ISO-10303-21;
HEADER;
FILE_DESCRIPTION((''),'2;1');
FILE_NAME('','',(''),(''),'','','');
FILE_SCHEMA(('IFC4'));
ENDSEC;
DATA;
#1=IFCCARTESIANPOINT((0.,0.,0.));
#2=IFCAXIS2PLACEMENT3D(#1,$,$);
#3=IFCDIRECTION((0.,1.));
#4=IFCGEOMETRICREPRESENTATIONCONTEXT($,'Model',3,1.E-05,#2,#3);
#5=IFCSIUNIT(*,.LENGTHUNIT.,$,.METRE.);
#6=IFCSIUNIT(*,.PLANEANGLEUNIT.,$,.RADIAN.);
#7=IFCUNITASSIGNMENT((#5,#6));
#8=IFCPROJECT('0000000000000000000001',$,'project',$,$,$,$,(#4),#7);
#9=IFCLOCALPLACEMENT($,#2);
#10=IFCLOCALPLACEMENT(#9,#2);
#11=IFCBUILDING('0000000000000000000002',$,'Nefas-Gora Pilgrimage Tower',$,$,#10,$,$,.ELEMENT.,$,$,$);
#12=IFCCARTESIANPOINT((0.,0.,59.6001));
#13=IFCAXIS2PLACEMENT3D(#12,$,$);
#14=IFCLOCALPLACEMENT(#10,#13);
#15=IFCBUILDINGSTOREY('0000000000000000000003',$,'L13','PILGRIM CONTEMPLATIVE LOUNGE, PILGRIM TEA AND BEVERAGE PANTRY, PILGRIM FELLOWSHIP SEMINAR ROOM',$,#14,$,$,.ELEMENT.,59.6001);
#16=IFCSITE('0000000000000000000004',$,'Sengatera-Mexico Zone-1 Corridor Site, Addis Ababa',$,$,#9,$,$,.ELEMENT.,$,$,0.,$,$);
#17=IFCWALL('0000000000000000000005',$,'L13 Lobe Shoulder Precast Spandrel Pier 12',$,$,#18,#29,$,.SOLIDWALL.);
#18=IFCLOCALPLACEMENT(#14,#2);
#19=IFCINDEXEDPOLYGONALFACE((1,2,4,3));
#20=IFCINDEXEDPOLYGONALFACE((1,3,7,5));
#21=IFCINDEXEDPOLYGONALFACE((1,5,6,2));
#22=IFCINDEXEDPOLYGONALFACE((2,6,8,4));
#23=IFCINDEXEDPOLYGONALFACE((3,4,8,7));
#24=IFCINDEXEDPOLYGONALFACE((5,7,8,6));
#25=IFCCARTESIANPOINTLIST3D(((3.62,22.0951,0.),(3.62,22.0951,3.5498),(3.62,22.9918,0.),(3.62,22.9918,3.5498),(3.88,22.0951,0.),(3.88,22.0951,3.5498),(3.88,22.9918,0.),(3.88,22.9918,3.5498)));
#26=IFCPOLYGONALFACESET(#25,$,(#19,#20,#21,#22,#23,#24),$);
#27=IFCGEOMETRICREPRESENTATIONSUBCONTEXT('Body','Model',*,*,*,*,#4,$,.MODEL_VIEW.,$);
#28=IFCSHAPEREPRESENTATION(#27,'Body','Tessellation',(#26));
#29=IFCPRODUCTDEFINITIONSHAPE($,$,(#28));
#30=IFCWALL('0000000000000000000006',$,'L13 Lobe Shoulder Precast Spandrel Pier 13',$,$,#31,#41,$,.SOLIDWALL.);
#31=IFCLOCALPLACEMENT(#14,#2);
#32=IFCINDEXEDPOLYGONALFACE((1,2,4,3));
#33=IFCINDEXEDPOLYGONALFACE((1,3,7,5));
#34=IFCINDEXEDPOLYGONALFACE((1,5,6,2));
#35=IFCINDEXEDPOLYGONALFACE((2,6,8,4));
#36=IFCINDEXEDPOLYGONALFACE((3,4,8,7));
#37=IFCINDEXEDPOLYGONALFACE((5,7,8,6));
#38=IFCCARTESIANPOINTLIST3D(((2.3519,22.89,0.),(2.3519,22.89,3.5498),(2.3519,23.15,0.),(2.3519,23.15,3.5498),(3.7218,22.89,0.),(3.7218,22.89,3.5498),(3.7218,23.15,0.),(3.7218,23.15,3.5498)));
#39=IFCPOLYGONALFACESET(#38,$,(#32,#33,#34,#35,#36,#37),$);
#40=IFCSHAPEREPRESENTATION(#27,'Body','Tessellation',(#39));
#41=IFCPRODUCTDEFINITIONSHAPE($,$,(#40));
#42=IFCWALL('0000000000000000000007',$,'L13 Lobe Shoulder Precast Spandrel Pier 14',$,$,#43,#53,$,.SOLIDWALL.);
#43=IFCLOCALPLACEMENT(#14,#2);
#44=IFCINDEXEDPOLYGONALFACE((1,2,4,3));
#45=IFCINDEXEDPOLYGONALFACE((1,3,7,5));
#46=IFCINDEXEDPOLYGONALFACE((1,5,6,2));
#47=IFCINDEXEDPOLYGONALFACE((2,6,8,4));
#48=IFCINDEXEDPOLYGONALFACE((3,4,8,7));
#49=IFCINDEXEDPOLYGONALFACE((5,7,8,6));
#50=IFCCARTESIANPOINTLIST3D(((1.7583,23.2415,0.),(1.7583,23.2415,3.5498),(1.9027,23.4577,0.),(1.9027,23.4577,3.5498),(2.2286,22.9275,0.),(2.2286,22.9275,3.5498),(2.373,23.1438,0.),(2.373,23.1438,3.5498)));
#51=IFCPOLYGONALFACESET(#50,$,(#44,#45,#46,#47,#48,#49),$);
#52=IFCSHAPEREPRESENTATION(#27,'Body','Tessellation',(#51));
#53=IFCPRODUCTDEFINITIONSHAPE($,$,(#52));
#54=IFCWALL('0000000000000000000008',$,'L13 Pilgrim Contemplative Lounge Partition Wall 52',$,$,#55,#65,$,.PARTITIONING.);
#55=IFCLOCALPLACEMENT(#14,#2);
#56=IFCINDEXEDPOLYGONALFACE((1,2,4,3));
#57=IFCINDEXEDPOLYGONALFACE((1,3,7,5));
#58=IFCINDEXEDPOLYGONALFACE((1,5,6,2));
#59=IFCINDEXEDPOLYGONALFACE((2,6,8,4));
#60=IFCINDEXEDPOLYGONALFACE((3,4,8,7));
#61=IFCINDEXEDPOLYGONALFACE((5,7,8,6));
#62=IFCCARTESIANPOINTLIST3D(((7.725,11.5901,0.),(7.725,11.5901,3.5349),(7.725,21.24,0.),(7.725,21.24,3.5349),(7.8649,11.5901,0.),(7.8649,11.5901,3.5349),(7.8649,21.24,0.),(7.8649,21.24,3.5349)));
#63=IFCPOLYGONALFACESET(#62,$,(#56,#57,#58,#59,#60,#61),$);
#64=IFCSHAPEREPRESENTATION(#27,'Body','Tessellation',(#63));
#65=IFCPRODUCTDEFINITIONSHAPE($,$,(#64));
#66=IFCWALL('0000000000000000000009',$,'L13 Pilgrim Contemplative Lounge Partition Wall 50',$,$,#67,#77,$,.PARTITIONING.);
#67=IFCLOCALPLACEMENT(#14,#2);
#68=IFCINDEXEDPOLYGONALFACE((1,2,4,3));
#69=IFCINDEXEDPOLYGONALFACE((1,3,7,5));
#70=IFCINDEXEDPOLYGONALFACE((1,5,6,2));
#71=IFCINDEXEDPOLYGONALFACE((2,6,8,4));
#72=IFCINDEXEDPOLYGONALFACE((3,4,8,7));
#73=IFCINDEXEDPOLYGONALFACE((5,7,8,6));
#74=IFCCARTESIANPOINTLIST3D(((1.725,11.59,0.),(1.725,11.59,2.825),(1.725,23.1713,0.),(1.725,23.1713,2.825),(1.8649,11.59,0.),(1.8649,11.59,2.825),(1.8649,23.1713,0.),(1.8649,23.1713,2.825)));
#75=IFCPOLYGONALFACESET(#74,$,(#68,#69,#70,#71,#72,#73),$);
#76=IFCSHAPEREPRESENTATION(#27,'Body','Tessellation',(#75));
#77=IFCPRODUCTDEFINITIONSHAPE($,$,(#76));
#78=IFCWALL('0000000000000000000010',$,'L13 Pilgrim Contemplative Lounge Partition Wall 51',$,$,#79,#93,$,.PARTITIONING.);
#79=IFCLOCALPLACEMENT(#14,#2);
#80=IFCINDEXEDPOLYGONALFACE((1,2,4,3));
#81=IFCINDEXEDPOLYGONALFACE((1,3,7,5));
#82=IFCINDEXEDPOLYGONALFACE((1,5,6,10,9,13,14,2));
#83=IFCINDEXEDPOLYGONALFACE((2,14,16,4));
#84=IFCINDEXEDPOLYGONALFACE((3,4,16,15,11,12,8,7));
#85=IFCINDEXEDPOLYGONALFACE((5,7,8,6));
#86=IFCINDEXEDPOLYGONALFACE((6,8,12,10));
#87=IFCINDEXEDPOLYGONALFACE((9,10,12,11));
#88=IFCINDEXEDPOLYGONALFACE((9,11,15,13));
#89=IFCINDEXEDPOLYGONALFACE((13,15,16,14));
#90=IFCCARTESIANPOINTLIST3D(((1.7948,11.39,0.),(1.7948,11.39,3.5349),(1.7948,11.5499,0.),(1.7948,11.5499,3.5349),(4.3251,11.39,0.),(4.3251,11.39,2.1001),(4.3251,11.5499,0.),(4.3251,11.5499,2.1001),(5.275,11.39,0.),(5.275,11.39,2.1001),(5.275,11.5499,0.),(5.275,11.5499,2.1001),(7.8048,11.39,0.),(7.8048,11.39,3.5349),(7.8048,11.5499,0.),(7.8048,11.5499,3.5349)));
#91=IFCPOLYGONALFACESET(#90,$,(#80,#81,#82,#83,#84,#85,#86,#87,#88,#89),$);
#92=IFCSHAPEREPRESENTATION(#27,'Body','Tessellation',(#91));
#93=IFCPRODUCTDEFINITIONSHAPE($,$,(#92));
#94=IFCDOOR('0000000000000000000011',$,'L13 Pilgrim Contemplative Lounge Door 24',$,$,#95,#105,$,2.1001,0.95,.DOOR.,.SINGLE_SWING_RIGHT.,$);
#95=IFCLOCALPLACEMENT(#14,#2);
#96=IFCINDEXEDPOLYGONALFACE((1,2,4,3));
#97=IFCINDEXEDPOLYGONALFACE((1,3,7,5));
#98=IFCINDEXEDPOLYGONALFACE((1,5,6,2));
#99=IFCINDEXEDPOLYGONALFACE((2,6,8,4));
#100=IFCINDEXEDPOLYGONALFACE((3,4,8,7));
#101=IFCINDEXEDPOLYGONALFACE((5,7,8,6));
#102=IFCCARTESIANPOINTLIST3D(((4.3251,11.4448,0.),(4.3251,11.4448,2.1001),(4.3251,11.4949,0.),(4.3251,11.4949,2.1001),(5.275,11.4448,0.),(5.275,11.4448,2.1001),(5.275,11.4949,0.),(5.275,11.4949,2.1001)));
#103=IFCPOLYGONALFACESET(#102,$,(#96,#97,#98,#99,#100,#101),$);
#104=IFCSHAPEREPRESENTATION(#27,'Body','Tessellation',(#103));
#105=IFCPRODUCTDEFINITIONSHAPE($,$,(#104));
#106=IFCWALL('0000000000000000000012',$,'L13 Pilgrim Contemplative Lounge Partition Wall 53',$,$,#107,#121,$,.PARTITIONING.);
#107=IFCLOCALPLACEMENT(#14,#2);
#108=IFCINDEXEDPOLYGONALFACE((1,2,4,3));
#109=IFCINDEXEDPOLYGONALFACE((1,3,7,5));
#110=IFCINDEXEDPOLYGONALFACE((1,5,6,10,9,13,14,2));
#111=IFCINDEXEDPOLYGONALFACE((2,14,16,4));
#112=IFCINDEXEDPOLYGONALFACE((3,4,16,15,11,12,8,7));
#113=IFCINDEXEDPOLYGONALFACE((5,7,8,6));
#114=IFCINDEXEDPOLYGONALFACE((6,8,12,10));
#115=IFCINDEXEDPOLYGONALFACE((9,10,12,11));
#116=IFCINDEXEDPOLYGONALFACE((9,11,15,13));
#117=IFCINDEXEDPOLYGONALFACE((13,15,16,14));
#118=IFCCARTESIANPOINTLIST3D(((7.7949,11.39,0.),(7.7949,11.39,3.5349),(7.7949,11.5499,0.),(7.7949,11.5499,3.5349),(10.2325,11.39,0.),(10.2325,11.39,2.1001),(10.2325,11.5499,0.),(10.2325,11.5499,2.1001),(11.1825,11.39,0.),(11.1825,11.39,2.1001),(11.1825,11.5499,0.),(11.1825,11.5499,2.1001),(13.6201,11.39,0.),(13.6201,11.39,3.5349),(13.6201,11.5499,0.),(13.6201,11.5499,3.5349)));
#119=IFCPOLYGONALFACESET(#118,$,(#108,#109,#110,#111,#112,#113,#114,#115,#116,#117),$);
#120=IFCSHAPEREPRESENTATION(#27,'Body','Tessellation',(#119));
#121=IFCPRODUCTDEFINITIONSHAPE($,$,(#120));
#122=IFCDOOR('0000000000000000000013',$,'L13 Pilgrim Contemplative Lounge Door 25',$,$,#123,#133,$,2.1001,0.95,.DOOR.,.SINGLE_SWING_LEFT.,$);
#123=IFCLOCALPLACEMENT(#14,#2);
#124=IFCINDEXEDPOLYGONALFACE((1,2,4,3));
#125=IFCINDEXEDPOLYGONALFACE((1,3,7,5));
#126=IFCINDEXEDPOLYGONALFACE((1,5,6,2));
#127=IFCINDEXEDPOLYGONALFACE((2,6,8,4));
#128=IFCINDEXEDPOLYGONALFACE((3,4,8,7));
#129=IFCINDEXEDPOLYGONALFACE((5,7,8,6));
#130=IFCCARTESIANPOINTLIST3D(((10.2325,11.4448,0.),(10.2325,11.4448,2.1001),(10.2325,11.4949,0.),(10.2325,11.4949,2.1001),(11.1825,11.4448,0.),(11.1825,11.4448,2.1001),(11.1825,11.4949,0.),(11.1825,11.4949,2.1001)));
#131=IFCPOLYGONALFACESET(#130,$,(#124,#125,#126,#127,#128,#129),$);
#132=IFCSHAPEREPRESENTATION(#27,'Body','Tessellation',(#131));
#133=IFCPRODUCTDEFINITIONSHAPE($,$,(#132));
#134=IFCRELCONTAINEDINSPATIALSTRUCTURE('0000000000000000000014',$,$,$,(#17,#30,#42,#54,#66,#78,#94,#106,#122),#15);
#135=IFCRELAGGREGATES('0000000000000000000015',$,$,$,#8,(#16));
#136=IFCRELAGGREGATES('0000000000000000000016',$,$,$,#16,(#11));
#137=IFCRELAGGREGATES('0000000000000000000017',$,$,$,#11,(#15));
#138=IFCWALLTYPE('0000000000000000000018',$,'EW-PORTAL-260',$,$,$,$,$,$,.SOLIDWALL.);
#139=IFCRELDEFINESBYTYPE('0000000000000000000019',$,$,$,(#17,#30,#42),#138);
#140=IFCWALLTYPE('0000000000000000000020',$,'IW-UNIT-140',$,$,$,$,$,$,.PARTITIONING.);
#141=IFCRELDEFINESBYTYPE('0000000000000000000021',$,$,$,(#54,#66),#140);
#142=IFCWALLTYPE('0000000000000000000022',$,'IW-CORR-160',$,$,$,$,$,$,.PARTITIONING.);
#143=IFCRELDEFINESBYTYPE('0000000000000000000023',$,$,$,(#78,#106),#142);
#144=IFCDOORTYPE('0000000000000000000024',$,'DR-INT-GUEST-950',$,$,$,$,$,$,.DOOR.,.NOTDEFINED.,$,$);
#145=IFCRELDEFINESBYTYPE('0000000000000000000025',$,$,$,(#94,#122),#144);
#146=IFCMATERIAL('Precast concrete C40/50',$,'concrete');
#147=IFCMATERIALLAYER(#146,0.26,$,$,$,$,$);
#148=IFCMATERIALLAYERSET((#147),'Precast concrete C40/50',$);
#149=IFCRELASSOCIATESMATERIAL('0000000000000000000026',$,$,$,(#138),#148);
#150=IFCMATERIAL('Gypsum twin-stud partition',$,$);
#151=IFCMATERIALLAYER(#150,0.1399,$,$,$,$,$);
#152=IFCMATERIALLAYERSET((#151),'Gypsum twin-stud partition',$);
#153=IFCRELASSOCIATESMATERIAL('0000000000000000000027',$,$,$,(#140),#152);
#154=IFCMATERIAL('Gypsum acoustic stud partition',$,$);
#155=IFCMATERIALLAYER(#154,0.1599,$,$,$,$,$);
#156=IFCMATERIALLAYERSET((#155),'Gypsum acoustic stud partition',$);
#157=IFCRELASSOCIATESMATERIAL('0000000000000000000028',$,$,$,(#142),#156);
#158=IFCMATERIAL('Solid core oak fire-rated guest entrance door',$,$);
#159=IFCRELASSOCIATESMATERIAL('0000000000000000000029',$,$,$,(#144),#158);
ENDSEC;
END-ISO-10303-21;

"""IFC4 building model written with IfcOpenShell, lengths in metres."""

from ifc_helpers import new_model, si_unit, direction, frame, frame_2d, origin, place, context, subcontext, project, spatial, rectangle, extrude, source, transform, mapped, material, layer, layer_set, type_object, element, fill, save


model = new_model("IFC4")

# Units and contexts
model_context = context("Model", 3, precision=1e-05, world=origin(), true_north=direction((0.0, 1.0)))
body_context = subcontext(model_context, "Body", "Model", "MODEL_VIEW")
ifc_project = project(units=[si_unit("LENGTHUNIT", "METRE"), si_unit("PLANEANGLEUNIT", "RADIAN")], contexts=[model_context])

# Site, building, storey
site_placement = place(None, origin())
site = spatial("IfcSite", under=ifc_project, at=site_placement, Name="Sengatera-Mexico Zone-1 Corridor Site, Addis Ababa", CompositionType="ELEMENT", RefElevation=0.0)
building_placement = place(site_placement, origin())
building = spatial("IfcBuilding", under=site, at=building_placement, Name="Nefas-Gora Pilgrimage Tower", CompositionType="ELEMENT")
storey_placement = place(building_placement, frame((0.0, 0.0, 59.6001)))
storey = spatial("IfcBuildingStorey", under=building, at=storey_placement, Name="L13", Description="PILGRIM CONTEMPLATIVE LOUNGE, PILGRIM TEA AND BEVERAGE PANTRY, PILGRIM FELLOWSHIP SEMINAR ROOM", CompositionType="ELEMENT", Elevation=59.6001)

# Walls
ifc_material_1 = material(Name="Precast concrete C40/50", Category="concrete")
ifc_layer_1 = layer(ifc_material_1, 0.26)
ifc_layer_set_1 = layer_set([ifc_layer_1], Name="Precast concrete C40/50")
wall_type_1 = type_object("IfcWallType", Name="EW-PORTAL-260", PredefinedType="SOLIDWALL", material=ifc_layer_set_1)
shared_shape_1 = source(origin(), body_context, "Body", "SweptSolid", [
    extrude(rectangle(XDim=0.8967, YDim=0.26, at=frame_2d((0.4482, 0.0))), origin(), (0.0, 0.0, 1.0), 3.5498),
])
wall_1_placement = place(storey_placement, frame((3.75, 22.0952, 0.0), z_axis=(0.0, 0.0, 1.0), x_axis=(0.0, 1.0, 0.0)))
element("IfcWall", 1, at=wall_1_placement, inside=storey, type_object=wall_type_1, Name="L13 Lobe Shoulder Precast Spandrel Pier 12", PredefinedType="SOLIDWALL", context=body_context, shape_type="MappedRepresentation", body=[
    mapped(shared_shape_1, transform((0.0, 0.0, 0.0), x_axis=(1.0, 0.0, 0.0), y_axis=(0.0, 1.0, 0.0), z_axis=(0.0, 0.0, 1.0), scale=1.0)),
])
shared_shape_2 = source(origin(), body_context, "Body", "SweptSolid", [
    extrude(rectangle(XDim=1.3699, YDim=0.26, at=frame_2d((0.6851, 0.0))), origin(), (0.0, 0.0, 1.0), 3.5498),
])
wall_2_placement = place(storey_placement, frame((3.7219, 23.02, 0.0), z_axis=(0.0, 0.0, 1.0), x_axis=(-1.0, 0.0, 0.0)))
element("IfcWall", 2, at=wall_2_placement, inside=storey, type_object=wall_type_1, Name="L13 Lobe Shoulder Precast Spandrel Pier 13", PredefinedType="SOLIDWALL", context=body_context, shape_type="MappedRepresentation", body=[
    mapped(shared_shape_2, transform((0.0, 0.0, 0.0), x_axis=(1.0, 0.0, 0.0), y_axis=(0.0, 1.0, 0.0), z_axis=(0.0, 0.0, 1.0), scale=1.0)),
])
shared_shape_3 = source(origin(), body_context, "Body", "SweptSolid", [
    extrude(rectangle(XDim=0.5654, YDim=0.26, at=frame_2d((0.2827, 0.0))), origin(), (0.0, 0.0, 1.0), 3.5498),
])
wall_3_placement = place(storey_placement, frame((2.3008, 23.0356, 0.0), z_axis=(0.0, 0.0, 1.0), x_axis=(-0.831651, 0.555298, 0.0)))
element("IfcWall", 3, at=wall_3_placement, inside=storey, type_object=wall_type_1, Name="L13 Lobe Shoulder Precast Spandrel Pier 14", PredefinedType="SOLIDWALL", context=body_context, shape_type="MappedRepresentation", body=[
    mapped(shared_shape_3, transform((0.0, 0.0, 0.0), x_axis=(1.0, 0.0, 0.0), y_axis=(0.0, 1.0, 0.0), z_axis=(0.0, 0.0, 1.0), scale=1.0)),
])
ifc_material_2 = material(Name="Gypsum twin-stud partition")
ifc_layer_2 = layer(ifc_material_2, 0.1399)
ifc_layer_set_2 = layer_set([ifc_layer_2], Name="Gypsum twin-stud partition")
wall_type_2 = type_object("IfcWallType", Name="IW-UNIT-140", PredefinedType="PARTITIONING", material=ifc_layer_set_2)
shared_shape_4 = source(origin(), body_context, "Body", "SweptSolid", [
    extrude(rectangle(XDim=9.6499, YDim=0.1399, at=frame_2d((4.825, 0.0))), origin(), (0.0, 0.0, 1.0), 3.5349),
])
wall_4_placement = place(storey_placement, frame((7.7949, 11.5901, 0.0), z_axis=(0.0, 0.0, 1.0), x_axis=(0.0, 1.0, 0.0)))
element("IfcWall", 4, at=wall_4_placement, inside=storey, type_object=wall_type_2, Name="L13 Pilgrim Contemplative Lounge Partition Wall 52", PredefinedType="PARTITIONING", context=body_context, shape_type="MappedRepresentation", body=[
    mapped(shared_shape_4, transform((0.0, 0.0, 0.0), x_axis=(1.0, 0.0, 0.0), y_axis=(0.0, 1.0, 0.0), z_axis=(0.0, 0.0, 1.0), scale=1.0)),
])
shared_shape_5 = source(origin(), body_context, "Body", "SweptSolid", [
    extrude(rectangle(XDim=11.5813, YDim=0.1399, at=frame_2d((5.7905, 0.0))), origin(), (0.0, 0.0, 1.0), 2.825),
])
wall_5_placement = place(storey_placement, frame((1.7949, 11.5901, 0.0), z_axis=(0.0, 0.0, 1.0), x_axis=(0.0, 1.0, 0.0)))
element("IfcWall", 5, at=wall_5_placement, inside=storey, type_object=wall_type_2, Name="L13 Pilgrim Contemplative Lounge Partition Wall 50", PredefinedType="PARTITIONING", context=body_context, shape_type="MappedRepresentation", body=[
    mapped(shared_shape_5, transform((0.0, 0.0, 0.0), x_axis=(1.0, 0.0, 0.0), y_axis=(0.0, 1.0, 0.0), z_axis=(0.0, 0.0, 1.0), scale=1.0)),
])

# Walls, openings, doors
ifc_material_3 = material(Name="Gypsum acoustic stud partition")
ifc_layer_3 = layer(ifc_material_3, 0.1599)
ifc_layer_set_3 = layer_set([ifc_layer_3], Name="Gypsum acoustic stud partition")
wall_type_3 = type_object("IfcWallType", Name="IW-CORR-160", PredefinedType="PARTITIONING", material=ifc_layer_set_3)
shared_shape_6 = source(origin(), body_context, "Body", "SweptSolid", [
    extrude(rectangle(XDim=6.01, YDim=0.1599, at=frame_2d((3.0049, 0.0))), origin(), (0.0, 0.0, 1.0), 3.5349),
])
wall_6_placement = place(storey_placement, frame((1.7949, 11.47, 0.0), z_axis=(0.0, 0.0, 1.0), x_axis=(1.0, 0.0, 0.0)))
wall_6 = element("IfcWall", 6, at=wall_6_placement, inside=storey, type_object=wall_type_3, Name="L13 Pilgrim Contemplative Lounge Partition Wall 51", PredefinedType="PARTITIONING", context=body_context, shape_type="MappedRepresentation", body=[
    mapped(shared_shape_6, transform((0.0, 0.0, 0.0), x_axis=(1.0, 0.0, 0.0), y_axis=(0.0, 1.0, 0.0), z_axis=(0.0, 0.0, 1.0), scale=1.0)),
])
opening_1_placement = place(wall_6_placement, frame((2.53, 0.0, 0.0)))
opening_1 = element("IfcOpeningElement", 7, at=opening_1_placement, cuts=wall_6, PredefinedType="OPENING", context=body_context, shape_type="SweptSolid", body=[
    extrude(rectangle(XDim=0.95, YDim=2.1001, at=frame_2d((0.4751, 1.05))), frame((0.0, 0.0898, 0.0), z_axis=(0.0, -1.0, 0.0), x_axis=(1.0, 0.0, 0.0)), (0.0, 0.0, 1.0), 0.1799),
])
ifc_material_4 = material(Name="Solid core oak fire-rated guest entrance door")
door_type = type_object("IfcDoorType", Name="DR-INT-GUEST-950", OperationType="NOTDEFINED", PredefinedType="DOOR", material=ifc_material_4)
shared_shape_7 = source(origin(), body_context, "Body", "SweptSolid", [
    extrude(rectangle(XDim=0.95, YDim=2.1001, at=frame_2d((0.4751, 1.05))), frame((0.0, 0.0249, 0.0), z_axis=(0.0, -1.0, 0.0), x_axis=(1.0, 0.0, 0.0)), (0.0, 0.0, 1.0), 0.05),
])
door_1_placement = place(opening_1_placement, origin())
door_1 = element("IfcDoor", 8, at=door_1_placement, inside=storey, type_object=door_type, Name="L13 Pilgrim Contemplative Lounge Door 24", OperationType="SINGLE_SWING_RIGHT", OverallHeight=2.1001, OverallWidth=0.95, PredefinedType="DOOR", context=body_context, shape_type="MappedRepresentation", body=[
    mapped(shared_shape_7, transform((0.0, 0.0, 0.0), x_axis=(1.0, 0.0, 0.0), y_axis=(0.0, 1.0, 0.0), z_axis=(0.0, 0.0, 1.0), scale=1.0)),
])
fill(opening_1, door_1)
shared_shape_8 = source(origin(), body_context, "Body", "SweptSolid", [
    extrude(rectangle(XDim=5.8252, YDim=0.1599, at=frame_2d((2.9126, 0.0))), origin(), (0.0, 0.0, 1.0), 3.5349),
])
wall_7_placement = place(storey_placement, frame((7.7949, 11.47, 0.0), z_axis=(0.0, 0.0, 1.0), x_axis=(1.0, 0.0, 0.0)))
wall_7 = element("IfcWall", 9, at=wall_7_placement, inside=storey, type_object=wall_type_3, Name="L13 Pilgrim Contemplative Lounge Partition Wall 53", PredefinedType="PARTITIONING", context=body_context, shape_type="MappedRepresentation", body=[
    mapped(shared_shape_8, transform((0.0, 0.0, 0.0), x_axis=(1.0, 0.0, 0.0), y_axis=(0.0, 1.0, 0.0), z_axis=(0.0, 0.0, 1.0), scale=1.0)),
])
opening_2_placement = place(wall_7_placement, frame((2.4375, 0.0, 0.0)))
opening_2 = element("IfcOpeningElement", 10, at=opening_2_placement, cuts=wall_7, PredefinedType="OPENING", context=body_context, shape_type="SweptSolid", body=[
    extrude(rectangle(XDim=0.95, YDim=2.1001, at=frame_2d((0.4751, 1.05))), frame((0.0, 0.0898, 0.0), z_axis=(0.0, -1.0, 0.0), x_axis=(1.0, 0.0, 0.0)), (0.0, 0.0, 1.0), 0.1799),
])
door_2_placement = place(opening_2_placement, origin())
door_2 = element("IfcDoor", 11, at=door_2_placement, inside=storey, type_object=door_type, Name="L13 Pilgrim Contemplative Lounge Door 25", OperationType="SINGLE_SWING_LEFT", OverallHeight=2.1001, OverallWidth=0.95, PredefinedType="DOOR", context=body_context, shape_type="MappedRepresentation", body=[
    mapped(shared_shape_7, transform((0.0, 0.0, 0.0), x_axis=(1.0, 0.0, 0.0), y_axis=(0.0, 1.0, 0.0), z_axis=(0.0, 0.0, 1.0), scale=1.0)),
])
fill(opening_2, door_2)

save(model, "model.ifc")
